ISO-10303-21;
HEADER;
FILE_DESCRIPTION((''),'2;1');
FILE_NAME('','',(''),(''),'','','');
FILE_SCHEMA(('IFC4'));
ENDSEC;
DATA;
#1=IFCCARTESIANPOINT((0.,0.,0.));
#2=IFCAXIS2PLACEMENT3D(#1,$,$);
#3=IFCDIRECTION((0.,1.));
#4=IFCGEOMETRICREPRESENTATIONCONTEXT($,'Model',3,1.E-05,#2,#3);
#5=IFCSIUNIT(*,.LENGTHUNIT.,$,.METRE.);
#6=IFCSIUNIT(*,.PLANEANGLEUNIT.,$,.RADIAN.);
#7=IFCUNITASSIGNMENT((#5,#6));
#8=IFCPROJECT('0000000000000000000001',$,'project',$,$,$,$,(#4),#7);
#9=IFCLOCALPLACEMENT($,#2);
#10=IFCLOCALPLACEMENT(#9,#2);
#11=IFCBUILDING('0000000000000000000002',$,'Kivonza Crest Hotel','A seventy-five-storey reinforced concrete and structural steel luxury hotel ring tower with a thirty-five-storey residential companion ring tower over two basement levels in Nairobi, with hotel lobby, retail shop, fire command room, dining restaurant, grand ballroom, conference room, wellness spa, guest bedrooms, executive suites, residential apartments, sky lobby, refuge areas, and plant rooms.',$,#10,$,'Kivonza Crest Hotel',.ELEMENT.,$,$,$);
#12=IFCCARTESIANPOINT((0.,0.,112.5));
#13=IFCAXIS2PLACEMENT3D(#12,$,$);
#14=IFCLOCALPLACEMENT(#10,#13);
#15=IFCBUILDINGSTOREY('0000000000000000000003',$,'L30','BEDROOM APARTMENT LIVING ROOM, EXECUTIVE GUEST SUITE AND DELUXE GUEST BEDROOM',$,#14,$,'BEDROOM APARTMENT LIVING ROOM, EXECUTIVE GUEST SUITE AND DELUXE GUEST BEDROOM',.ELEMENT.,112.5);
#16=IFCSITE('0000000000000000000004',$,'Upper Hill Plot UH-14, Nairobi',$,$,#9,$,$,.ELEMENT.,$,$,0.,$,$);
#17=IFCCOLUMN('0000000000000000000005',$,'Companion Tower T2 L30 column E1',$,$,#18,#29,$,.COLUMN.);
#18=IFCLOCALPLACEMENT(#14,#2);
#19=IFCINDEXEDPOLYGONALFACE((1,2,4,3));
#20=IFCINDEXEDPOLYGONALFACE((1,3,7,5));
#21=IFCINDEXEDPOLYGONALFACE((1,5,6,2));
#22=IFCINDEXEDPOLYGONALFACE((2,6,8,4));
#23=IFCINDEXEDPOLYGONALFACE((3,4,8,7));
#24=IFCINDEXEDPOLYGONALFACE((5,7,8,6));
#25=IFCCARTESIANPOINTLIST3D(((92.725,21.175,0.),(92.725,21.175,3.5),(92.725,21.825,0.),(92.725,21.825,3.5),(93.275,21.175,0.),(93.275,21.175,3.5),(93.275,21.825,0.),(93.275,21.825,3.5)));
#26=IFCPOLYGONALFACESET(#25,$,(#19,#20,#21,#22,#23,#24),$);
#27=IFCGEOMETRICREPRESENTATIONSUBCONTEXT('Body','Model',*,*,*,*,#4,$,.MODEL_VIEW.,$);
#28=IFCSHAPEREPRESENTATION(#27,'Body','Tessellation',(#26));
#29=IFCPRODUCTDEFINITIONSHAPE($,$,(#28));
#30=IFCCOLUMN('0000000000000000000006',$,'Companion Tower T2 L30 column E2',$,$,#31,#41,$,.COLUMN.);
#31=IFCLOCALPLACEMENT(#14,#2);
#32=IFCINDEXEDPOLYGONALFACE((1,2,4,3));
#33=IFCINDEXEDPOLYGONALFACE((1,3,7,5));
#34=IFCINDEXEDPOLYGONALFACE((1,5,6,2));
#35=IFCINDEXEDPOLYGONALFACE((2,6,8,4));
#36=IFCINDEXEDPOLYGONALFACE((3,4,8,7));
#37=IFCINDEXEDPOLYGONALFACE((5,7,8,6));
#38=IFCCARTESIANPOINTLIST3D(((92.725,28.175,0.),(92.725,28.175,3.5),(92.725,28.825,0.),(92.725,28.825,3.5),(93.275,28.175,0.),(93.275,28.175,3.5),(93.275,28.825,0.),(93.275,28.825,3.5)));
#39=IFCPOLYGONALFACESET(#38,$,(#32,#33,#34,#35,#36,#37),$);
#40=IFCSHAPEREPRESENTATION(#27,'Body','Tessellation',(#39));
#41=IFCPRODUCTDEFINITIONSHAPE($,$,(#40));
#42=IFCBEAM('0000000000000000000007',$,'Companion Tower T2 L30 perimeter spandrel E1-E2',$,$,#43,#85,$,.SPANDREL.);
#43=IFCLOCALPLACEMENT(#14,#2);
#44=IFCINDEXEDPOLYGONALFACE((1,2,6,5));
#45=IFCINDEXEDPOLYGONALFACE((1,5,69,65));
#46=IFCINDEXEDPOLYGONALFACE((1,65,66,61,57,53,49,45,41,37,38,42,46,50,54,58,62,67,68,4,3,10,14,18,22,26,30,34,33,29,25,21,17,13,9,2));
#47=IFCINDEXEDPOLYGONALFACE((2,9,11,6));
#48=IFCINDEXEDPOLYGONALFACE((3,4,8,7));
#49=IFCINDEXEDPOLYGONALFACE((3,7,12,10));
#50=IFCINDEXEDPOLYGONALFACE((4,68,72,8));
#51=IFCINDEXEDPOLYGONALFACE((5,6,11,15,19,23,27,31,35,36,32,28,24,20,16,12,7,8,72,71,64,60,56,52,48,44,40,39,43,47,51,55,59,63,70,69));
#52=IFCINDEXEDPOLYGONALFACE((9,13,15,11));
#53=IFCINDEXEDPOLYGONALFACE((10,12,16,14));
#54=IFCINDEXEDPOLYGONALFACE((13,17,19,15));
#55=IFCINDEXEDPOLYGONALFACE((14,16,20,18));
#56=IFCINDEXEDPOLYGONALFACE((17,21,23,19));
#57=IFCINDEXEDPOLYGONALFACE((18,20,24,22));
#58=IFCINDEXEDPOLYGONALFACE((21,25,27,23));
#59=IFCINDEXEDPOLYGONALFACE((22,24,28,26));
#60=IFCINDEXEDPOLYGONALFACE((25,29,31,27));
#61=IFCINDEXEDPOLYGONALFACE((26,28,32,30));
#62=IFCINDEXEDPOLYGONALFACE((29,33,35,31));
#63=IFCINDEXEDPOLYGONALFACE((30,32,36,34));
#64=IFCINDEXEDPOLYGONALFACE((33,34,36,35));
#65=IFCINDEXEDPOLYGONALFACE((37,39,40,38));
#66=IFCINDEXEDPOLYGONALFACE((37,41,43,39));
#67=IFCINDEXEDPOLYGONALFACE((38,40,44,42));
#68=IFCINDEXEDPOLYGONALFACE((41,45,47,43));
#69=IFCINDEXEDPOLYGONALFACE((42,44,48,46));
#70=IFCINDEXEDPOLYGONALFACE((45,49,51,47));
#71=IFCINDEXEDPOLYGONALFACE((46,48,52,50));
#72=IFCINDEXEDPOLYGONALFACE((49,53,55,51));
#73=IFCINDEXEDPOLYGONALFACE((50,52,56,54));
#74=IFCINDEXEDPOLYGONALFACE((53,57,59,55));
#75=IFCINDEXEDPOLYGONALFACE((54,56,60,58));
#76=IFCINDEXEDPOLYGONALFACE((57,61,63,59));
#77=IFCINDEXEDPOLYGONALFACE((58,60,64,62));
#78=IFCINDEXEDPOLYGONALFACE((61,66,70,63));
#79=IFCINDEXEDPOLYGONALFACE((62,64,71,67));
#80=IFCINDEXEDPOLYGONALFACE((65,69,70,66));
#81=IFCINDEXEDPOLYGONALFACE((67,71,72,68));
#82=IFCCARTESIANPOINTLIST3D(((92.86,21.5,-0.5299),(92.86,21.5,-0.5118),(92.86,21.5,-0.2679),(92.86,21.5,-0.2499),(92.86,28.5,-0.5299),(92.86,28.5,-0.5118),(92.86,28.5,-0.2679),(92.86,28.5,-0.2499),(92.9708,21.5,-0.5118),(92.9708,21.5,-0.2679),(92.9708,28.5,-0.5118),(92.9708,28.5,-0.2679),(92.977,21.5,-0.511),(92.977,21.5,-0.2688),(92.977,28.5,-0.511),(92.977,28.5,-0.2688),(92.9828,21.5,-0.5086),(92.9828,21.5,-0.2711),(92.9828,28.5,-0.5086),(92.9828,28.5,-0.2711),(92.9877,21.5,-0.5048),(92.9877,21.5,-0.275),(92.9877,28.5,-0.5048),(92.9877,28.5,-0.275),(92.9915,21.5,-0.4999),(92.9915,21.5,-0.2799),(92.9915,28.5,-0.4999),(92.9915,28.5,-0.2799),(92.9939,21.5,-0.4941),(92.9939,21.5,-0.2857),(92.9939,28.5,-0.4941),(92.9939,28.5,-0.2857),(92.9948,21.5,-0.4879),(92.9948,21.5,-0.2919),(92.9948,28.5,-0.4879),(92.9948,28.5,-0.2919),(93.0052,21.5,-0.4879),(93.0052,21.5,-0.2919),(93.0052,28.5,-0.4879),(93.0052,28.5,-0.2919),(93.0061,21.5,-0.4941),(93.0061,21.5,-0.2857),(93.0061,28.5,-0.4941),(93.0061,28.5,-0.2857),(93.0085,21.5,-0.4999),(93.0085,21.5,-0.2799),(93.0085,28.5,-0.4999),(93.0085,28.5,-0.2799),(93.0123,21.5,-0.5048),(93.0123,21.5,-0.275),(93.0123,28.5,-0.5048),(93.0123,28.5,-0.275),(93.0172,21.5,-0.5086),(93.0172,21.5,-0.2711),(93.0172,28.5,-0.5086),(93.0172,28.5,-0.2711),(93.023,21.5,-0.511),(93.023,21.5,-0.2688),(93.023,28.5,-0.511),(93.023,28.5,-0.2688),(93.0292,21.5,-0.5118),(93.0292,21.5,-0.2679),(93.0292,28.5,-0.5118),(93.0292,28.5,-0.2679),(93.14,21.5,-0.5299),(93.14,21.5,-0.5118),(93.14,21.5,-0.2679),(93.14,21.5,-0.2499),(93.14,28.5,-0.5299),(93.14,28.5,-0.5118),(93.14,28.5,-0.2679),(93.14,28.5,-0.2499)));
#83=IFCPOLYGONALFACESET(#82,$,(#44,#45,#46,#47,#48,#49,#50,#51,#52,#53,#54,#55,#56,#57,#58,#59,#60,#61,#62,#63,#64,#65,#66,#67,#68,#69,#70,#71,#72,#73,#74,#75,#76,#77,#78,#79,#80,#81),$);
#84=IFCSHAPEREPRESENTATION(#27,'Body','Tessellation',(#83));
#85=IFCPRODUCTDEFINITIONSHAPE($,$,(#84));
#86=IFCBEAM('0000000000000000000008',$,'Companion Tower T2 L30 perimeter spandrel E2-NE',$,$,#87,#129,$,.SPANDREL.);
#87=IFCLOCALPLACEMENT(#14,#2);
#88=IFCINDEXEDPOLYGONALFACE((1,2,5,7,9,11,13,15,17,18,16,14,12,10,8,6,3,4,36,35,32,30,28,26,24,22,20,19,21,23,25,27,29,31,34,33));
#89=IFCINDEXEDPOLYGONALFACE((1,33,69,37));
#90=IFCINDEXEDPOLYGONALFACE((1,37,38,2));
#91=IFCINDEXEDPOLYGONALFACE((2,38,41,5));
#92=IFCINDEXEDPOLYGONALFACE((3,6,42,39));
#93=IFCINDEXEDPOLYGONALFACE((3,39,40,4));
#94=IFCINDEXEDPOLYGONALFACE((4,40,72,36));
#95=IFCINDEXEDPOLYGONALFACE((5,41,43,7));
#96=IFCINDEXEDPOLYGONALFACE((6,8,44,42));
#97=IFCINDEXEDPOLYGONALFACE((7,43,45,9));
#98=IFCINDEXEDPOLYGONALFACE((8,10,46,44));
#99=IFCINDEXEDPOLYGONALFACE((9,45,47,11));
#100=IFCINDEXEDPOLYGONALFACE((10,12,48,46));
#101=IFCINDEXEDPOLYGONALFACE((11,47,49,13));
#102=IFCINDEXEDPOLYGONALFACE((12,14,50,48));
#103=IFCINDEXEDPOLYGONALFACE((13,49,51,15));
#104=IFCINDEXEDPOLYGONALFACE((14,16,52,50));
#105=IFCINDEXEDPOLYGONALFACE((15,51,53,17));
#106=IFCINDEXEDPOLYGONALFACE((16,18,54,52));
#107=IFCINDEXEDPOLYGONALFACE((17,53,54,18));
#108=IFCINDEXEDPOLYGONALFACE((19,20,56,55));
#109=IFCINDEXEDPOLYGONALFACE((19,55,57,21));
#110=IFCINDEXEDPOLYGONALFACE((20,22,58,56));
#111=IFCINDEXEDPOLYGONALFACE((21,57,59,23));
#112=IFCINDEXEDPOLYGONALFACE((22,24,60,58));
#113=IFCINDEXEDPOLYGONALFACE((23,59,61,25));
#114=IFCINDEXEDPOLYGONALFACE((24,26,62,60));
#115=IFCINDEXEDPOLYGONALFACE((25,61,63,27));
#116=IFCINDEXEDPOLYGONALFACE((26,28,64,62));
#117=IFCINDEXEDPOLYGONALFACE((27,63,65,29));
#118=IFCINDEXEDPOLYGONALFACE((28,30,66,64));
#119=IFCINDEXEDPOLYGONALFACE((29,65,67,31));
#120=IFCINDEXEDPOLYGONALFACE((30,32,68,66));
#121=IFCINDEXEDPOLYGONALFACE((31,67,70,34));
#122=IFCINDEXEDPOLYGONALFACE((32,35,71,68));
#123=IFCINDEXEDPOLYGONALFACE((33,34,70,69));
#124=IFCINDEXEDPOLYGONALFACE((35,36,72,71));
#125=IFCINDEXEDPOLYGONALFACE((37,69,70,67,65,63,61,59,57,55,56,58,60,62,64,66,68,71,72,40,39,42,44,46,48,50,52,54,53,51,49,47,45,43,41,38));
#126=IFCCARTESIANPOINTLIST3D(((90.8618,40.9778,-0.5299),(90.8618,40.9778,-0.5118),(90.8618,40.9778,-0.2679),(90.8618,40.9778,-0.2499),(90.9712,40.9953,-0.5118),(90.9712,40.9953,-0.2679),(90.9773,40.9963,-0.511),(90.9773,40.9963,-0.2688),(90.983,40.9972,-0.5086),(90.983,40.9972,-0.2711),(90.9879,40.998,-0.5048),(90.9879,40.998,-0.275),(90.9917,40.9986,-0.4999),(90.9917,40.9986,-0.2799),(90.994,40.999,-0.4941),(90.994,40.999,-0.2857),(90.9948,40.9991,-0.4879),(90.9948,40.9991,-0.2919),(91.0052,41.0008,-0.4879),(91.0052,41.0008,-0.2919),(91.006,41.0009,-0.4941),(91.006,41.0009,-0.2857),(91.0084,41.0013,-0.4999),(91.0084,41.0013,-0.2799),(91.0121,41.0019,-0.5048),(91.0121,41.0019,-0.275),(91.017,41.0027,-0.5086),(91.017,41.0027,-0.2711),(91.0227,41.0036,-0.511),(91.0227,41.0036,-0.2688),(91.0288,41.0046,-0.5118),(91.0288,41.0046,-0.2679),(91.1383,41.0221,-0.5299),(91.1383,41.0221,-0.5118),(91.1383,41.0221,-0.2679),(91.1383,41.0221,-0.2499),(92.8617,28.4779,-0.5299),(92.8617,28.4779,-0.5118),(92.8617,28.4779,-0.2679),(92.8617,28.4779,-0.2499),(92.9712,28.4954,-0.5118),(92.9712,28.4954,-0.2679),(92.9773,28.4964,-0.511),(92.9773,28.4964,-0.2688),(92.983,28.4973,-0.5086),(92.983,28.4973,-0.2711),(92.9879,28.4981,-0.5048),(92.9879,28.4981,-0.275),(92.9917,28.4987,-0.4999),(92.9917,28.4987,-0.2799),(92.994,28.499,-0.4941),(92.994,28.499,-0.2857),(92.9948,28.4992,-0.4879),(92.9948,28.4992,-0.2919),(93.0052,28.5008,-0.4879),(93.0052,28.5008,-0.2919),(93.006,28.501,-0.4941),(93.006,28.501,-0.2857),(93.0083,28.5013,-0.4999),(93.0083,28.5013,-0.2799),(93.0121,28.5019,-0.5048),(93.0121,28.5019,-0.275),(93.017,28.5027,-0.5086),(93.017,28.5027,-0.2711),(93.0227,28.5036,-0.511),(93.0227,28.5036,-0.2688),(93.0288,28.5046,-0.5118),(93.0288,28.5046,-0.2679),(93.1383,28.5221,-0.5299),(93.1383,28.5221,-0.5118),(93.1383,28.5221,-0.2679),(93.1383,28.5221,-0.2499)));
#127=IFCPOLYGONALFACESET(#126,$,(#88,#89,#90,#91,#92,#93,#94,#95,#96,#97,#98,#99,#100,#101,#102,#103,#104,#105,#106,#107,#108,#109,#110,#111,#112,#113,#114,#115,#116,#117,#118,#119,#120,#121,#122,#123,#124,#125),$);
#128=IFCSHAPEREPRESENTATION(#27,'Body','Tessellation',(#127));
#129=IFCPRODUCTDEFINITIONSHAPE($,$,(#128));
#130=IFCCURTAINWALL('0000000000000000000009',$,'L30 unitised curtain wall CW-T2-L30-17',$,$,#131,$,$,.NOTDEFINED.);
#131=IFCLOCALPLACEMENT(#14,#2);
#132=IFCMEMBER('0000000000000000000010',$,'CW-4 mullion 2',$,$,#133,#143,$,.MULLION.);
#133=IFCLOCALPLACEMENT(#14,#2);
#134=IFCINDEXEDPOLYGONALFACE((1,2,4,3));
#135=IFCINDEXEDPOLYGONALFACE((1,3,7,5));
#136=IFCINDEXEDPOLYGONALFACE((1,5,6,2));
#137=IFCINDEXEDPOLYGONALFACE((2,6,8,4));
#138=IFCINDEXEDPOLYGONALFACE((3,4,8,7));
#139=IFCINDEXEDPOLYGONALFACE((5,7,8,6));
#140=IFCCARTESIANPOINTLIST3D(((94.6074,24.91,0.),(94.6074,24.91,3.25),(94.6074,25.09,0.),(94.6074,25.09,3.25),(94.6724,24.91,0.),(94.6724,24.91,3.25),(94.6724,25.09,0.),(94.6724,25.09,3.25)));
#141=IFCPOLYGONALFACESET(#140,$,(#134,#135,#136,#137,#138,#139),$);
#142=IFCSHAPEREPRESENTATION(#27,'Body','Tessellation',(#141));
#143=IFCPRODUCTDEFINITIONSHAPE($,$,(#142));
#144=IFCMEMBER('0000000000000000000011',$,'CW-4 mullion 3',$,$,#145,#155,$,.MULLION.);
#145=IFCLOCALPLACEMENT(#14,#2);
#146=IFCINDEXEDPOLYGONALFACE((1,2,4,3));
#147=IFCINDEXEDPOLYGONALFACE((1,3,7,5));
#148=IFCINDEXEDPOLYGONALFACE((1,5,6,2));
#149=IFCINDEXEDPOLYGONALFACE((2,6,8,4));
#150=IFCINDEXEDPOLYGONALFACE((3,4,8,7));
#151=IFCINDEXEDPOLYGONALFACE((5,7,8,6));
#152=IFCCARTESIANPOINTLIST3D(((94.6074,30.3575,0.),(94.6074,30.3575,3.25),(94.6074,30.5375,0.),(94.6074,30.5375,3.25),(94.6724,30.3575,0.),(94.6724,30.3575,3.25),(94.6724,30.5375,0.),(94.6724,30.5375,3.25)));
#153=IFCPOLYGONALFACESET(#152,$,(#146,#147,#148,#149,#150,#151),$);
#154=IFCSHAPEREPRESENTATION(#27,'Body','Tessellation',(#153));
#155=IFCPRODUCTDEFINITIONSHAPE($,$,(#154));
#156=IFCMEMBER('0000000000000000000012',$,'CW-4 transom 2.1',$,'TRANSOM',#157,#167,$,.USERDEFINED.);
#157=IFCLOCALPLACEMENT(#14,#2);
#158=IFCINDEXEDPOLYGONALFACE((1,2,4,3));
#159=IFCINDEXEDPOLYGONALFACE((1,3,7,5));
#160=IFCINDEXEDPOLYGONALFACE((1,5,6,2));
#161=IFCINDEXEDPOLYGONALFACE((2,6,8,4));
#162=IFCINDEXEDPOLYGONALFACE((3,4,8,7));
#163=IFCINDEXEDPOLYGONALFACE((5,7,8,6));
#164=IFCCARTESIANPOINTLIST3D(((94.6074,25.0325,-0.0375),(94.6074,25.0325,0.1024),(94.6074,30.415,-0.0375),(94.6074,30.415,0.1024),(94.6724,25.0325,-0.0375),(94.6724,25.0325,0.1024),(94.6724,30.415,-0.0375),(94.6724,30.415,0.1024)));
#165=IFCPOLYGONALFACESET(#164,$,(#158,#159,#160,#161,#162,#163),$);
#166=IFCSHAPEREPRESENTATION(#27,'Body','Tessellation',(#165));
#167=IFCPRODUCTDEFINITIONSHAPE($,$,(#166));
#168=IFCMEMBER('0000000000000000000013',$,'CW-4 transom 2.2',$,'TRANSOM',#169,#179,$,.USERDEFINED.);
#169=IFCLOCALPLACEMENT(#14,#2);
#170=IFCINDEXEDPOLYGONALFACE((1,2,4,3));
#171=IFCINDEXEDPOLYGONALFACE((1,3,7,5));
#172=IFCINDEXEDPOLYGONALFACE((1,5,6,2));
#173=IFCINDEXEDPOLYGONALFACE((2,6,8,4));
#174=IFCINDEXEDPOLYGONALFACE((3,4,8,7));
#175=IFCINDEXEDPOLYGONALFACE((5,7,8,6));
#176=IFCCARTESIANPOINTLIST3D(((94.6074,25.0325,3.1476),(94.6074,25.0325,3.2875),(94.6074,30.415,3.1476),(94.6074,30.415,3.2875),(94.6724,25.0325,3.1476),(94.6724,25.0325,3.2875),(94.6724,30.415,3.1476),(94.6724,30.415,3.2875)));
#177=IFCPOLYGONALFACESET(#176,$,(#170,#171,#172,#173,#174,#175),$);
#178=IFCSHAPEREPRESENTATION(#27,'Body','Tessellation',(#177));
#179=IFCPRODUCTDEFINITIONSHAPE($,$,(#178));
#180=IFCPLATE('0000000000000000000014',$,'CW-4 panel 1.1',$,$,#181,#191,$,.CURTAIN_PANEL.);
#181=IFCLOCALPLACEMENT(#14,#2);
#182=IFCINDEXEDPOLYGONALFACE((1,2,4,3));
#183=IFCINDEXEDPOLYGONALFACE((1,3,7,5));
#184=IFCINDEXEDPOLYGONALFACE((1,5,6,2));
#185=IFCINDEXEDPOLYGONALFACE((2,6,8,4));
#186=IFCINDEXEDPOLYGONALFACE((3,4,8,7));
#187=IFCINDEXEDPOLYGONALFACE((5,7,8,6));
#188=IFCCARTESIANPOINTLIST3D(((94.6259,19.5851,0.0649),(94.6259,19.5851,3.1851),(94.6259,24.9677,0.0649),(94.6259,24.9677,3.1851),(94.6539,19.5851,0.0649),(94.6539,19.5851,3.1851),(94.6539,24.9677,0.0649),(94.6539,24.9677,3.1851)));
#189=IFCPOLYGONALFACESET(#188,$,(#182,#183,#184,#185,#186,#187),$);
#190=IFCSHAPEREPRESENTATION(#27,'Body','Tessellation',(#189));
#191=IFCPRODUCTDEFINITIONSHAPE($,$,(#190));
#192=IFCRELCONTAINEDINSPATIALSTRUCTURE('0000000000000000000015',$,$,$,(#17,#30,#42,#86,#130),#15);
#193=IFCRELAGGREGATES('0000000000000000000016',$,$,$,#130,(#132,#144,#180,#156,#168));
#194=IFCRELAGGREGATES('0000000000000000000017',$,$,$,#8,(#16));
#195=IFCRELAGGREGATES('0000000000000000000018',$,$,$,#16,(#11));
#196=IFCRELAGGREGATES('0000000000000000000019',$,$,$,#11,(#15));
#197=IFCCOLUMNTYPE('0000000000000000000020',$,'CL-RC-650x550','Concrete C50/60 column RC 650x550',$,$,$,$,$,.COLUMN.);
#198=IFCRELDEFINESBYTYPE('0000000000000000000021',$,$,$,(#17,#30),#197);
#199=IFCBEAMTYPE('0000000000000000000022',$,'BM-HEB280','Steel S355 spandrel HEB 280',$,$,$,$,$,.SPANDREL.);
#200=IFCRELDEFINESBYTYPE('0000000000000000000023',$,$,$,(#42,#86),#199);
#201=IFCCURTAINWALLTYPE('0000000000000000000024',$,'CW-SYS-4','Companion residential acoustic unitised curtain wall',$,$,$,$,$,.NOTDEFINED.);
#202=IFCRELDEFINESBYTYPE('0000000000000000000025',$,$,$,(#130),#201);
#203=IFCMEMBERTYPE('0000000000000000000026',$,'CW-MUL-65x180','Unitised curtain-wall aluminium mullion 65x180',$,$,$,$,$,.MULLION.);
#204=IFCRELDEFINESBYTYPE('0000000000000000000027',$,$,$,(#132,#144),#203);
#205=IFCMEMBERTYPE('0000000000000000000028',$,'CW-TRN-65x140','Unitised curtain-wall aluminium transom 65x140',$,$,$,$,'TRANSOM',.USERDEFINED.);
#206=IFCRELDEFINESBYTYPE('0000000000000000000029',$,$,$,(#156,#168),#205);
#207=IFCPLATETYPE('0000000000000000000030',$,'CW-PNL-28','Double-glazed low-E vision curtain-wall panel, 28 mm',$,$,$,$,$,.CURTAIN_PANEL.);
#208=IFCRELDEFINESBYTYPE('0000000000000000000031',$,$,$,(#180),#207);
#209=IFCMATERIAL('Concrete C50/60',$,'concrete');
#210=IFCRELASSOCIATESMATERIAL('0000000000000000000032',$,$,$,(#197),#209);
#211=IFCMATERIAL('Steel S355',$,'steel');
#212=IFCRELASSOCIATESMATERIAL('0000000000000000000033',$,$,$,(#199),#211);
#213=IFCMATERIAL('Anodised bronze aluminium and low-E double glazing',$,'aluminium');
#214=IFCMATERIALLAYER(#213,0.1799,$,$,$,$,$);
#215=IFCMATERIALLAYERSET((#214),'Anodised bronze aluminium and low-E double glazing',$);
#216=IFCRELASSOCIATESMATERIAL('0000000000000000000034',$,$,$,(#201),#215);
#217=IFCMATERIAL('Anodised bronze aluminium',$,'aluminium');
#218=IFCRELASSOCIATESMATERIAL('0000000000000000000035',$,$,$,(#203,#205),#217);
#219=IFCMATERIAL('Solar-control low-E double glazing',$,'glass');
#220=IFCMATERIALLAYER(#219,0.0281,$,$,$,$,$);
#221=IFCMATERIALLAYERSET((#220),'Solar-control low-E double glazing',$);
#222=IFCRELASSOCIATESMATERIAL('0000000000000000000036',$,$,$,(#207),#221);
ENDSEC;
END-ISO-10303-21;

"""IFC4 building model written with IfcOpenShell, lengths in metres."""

from ifc_helpers import new_model, si_unit, direction, frame, origin, origin_2d, place, context, subcontext, project, spatial, rectangle, i_section, extrude, material, layer, layer_set, material_profile, profile_set, type_object, element, aggregate, save


model = new_model("IFC4")

# Units and contexts
model_context = context("Model", 3, precision=1e-05, world=origin(), true_north=direction((0.0, 1.0)))
body_context = subcontext(model_context, "Body", "Model", "MODEL_VIEW")
ifc_project = project(units=[si_unit("LENGTHUNIT", "METRE"), si_unit("PLANEANGLEUNIT", "RADIAN")], contexts=[model_context])

# Site, building, storey
site_placement = place(None, origin())
site = spatial("IfcSite", under=ifc_project, at=site_placement, Name="Upper Hill Plot UH-14, Nairobi", CompositionType="ELEMENT", RefElevation=0.0)
building_placement = place(site_placement, origin())
building = spatial("IfcBuilding", under=site, at=building_placement, Name="Kivonza Crest Hotel", Description="A seventy-five-storey reinforced concrete and structural steel luxury hotel ring tower with a thirty-five-storey residential companion ring tower over two basement levels in Nairobi, with hotel lobby, retail shop, fire command room, dining restaurant, grand ballroom, conference room, wellness spa, guest bedrooms, executive suites, residential apartments, sky lobby, refuge areas, and plant rooms.", LongName="Kivonza Crest Hotel", CompositionType="ELEMENT")
storey_placement = place(building_placement, frame((0.0, 0.0, 112.5)))
storey = spatial("IfcBuildingStorey", under=building, at=storey_placement, Name="L30", Description="BEDROOM APARTMENT LIVING ROOM, EXECUTIVE GUEST SUITE AND DELUXE GUEST BEDROOM", LongName="BEDROOM APARTMENT LIVING ROOM, EXECUTIVE GUEST SUITE AND DELUXE GUEST BEDROOM", CompositionType="ELEMENT", Elevation=112.5)

# Columns
ifc_material_1 = material(Name="Concrete C50/60", Category="concrete")
ifc_material_profile_1 = material_profile(ifc_material_1, rectangle(XDim=0.55, YDim=0.6499, at=origin_2d()), Name="RC 650x550")
ifc_profile_set_1 = profile_set([ifc_material_profile_1], Name="Concrete C50/60")
column_type = type_object("IfcColumnType", Name="CL-RC-650x550", Description="Concrete C50/60 column RC 650x550", PredefinedType="COLUMN", material=ifc_profile_set_1)
for number, where, z_axis, x_axis, name in (
    (1, (93.0, 21.5, 0.0), (0.0, 0.0, 1.0), (1.0, 0.0, 0.0), "Companion Tower T2 L30 column E1"),
    (2, (93.0, 28.5, 0.0), (0.0, 0.0, 1.0), (1.0, 0.0, 0.0), "Companion Tower T2 L30 column E2"),
):
    element("IfcColumn", number, at=place(storey_placement, frame(where, z_axis=z_axis, x_axis=x_axis)), inside=storey, type_object=column_type, Name=name, PredefinedType="COLUMN", context=body_context, shape_type="SweptSolid", body=[
        extrude(rectangle(XDim=0.55, YDim=0.6499, at=origin_2d()), origin(), (0.0, 0.0, 1.0), 3.5),
    ])

# Beams
ifc_material_2 = material(Name="Steel S355", Category="steel")
ifc_material_profile_2 = material_profile(ifc_material_2, i_section(OverallWidth=0.28, OverallDepth=0.28, WebThickness=0.0105, FlangeThickness=0.0181, FilletRadius=0.0239, at=origin_2d()), Name="HEB 280")
ifc_profile_set_2 = profile_set([ifc_material_profile_2], Name="Steel S355")
beam_type = type_object("IfcBeamType", Name="BM-HEB280", Description="Steel S355 spandrel HEB 280", PredefinedType="SPANDREL", material=ifc_profile_set_2)
beam_1_placement = place(storey_placement, frame((93.0, 21.5, -0.3899), z_axis=(0.0, 1.0, 0.0), x_axis=(-1.0, 0.0, 0.0)))
element("IfcBeam", 3, at=beam_1_placement, inside=storey, type_object=beam_type, Name="Companion Tower T2 L30 perimeter spandrel E1-E2", PredefinedType="SPANDREL", context=body_context, shape_type="SweptSolid", body=[
    extrude(i_section(OverallWidth=0.28, OverallDepth=0.28, WebThickness=0.0105, FlangeThickness=0.0181, FilletRadius=0.0239, at=origin_2d()), origin(), (0.0, 0.0, 1.0), 7.0),
])
beam_2_placement = place(storey_placement, frame((93.0, 28.5, -0.3899), z_axis=(-0.157991, 0.987441, 0.0), x_axis=(-0.987441, -0.157991, 0.0)))
element("IfcBeam", 4, at=beam_2_placement, inside=storey, type_object=beam_type, Name="Companion Tower T2 L30 perimeter spandrel E2-NE", PredefinedType="SPANDREL", context=body_context, shape_type="SweptSolid", body=[
    extrude(i_section(OverallWidth=0.28, OverallDepth=0.28, WebThickness=0.0105, FlangeThickness=0.0181, FilletRadius=0.0239, at=origin_2d()), origin(), (0.0, 0.0, 1.0), 12.6589),
])

# Curtain wall, members, plate
ifc_material_3 = material(Name="Anodised bronze aluminium and low-E double glazing", Category="aluminium")
ifc_layer_1 = layer(ifc_material_3, 0.1799)
ifc_layer_set_1 = layer_set([ifc_layer_1], Name="Anodised bronze aluminium and low-E double glazing")
curtain_wall_type = type_object("IfcCurtainWallType", Name="CW-SYS-4", Description="Companion residential acoustic unitised curtain wall", PredefinedType="NOTDEFINED", material=ifc_layer_set_1)
curtain_wall_placement = place(storey_placement, origin())
curtain_wall = element("IfcCurtainWall", 5, at=curtain_wall_placement, inside=storey, type_object=curtain_wall_type, Name="L30 unitised curtain wall CW-T2-L30-17", PredefinedType="NOTDEFINED")
ifc_material_4 = material(Name="Anodised bronze aluminium", Category="aluminium")
ifc_material_profile_3 = material_profile(ifc_material_4, rectangle(XDim=0.0649, YDim=0.1799, at=origin_2d()), Name="CW-M 65x180")
ifc_profile_set_3 = profile_set([ifc_material_profile_3], Name="Anodised bronze aluminium")
member_type_1 = type_object("IfcMemberType", Name="CW-MUL-65x180", Description="Unitised curtain-wall aluminium mullion 65x180", PredefinedType="MULLION", material=ifc_profile_set_3)
member_1_placement = place(storey_placement, frame((94.6399, 25.0, 0.0), z_axis=(0.0, 0.0, 1.0), x_axis=(-1.0, 0.0, 0.0)))
member_1 = element("IfcMember", 6, at=member_1_placement, type_object=member_type_1, Name="CW-4 mullion 2", PredefinedType="MULLION", context=body_context, shape_type="SweptSolid", body=[
    extrude(rectangle(XDim=0.0649, YDim=0.1799, at=origin_2d()), origin(), (0.0, 0.0, 1.0), 3.25),
])
member_2_placement = place(storey_placement, frame((94.6399, 30.4475, 0.0), z_axis=(0.0, 0.0, 1.0), x_axis=(-1.0, 0.0, 0.0)))
member_2 = element("IfcMember", 7, at=member_2_placement, type_object=member_type_1, Name="CW-4 mullion 3", PredefinedType="MULLION", context=body_context, shape_type="SweptSolid", body=[
    extrude(rectangle(XDim=0.0649, YDim=0.1799, at=origin_2d()), origin(), (0.0, 0.0, 1.0), 3.25),
])
ifc_material_profile_4 = material_profile(ifc_material_4, rectangle(XDim=0.0649, YDim=0.1399, at=origin_2d()), Name="CW-T 65x140")
ifc_profile_set_4 = profile_set([ifc_material_profile_4], Name="Anodised bronze aluminium")
member_type_2 = type_object("IfcMemberType", Name="CW-TRN-65x140", Description="Unitised curtain-wall aluminium transom 65x140", ElementType="TRANSOM", PredefinedType="USERDEFINED", material=ifc_profile_set_4)
member_3_placement = place(storey_placement, frame((94.6399, 25.0325, 0.0325), z_axis=(0.0, 1.0, 0.0), x_axis=(-1.0, 0.0, 0.0)))
member_3 = element("IfcMember", 8, at=member_3_placement, type_object=member_type_2, Name="CW-4 transom 2.1", ObjectType="TRANSOM", PredefinedType="USERDEFINED", context=body_context, shape_type="SweptSolid", body=[
    extrude(rectangle(XDim=0.0649, YDim=0.1399, at=origin_2d()), origin(), (0.0, 0.0, 1.0), 5.3826),
])
member_4_placement = place(storey_placement, frame((94.6399, 25.0325, 3.2175), z_axis=(0.0, 1.0, 0.0), x_axis=(-1.0, 0.0, 0.0)))
member_4 = element("IfcMember", 9, at=member_4_placement, type_object=member_type_2, Name="CW-4 transom 2.2", ObjectType="TRANSOM", PredefinedType="USERDEFINED", context=body_context, shape_type="SweptSolid", body=[
    extrude(rectangle(XDim=0.0649, YDim=0.1399, at=origin_2d()), origin(), (0.0, 0.0, 1.0), 5.3826),
])
ifc_material_5 = material(Name="Solar-control low-E double glazing", Category="glass")
ifc_layer_2 = layer(ifc_material_5, 0.0281)
ifc_layer_set_2 = layer_set([ifc_layer_2], Name="Solar-control low-E double glazing")
plate_type = type_object("IfcPlateType", Name="CW-PNL-28", Description="Double-glazed low-E vision curtain-wall panel, 28 mm", PredefinedType="CURTAIN_PANEL", material=ifc_layer_set_2)
plate_1_placement = place(storey_placement, frame((94.6399, 22.2764, 0.0649), z_axis=(0.0, 0.0, 1.0), x_axis=(0.0, 1.0, 0.0)))
plate_1 = element("IfcPlate", 10, at=plate_1_placement, type_object=plate_type, Name="CW-4 panel 1.1", PredefinedType="CURTAIN_PANEL", context=body_context, shape_type="SweptSolid", body=[
    extrude(rectangle(XDim=5.3826, YDim=0.0281, at=origin_2d()), origin(), (0.0, 0.0, 1.0), 3.1201),
])
aggregate(curtain_wall, [member_1, member_2, plate_1, member_3, member_4])

save(model, "model.ifc")
